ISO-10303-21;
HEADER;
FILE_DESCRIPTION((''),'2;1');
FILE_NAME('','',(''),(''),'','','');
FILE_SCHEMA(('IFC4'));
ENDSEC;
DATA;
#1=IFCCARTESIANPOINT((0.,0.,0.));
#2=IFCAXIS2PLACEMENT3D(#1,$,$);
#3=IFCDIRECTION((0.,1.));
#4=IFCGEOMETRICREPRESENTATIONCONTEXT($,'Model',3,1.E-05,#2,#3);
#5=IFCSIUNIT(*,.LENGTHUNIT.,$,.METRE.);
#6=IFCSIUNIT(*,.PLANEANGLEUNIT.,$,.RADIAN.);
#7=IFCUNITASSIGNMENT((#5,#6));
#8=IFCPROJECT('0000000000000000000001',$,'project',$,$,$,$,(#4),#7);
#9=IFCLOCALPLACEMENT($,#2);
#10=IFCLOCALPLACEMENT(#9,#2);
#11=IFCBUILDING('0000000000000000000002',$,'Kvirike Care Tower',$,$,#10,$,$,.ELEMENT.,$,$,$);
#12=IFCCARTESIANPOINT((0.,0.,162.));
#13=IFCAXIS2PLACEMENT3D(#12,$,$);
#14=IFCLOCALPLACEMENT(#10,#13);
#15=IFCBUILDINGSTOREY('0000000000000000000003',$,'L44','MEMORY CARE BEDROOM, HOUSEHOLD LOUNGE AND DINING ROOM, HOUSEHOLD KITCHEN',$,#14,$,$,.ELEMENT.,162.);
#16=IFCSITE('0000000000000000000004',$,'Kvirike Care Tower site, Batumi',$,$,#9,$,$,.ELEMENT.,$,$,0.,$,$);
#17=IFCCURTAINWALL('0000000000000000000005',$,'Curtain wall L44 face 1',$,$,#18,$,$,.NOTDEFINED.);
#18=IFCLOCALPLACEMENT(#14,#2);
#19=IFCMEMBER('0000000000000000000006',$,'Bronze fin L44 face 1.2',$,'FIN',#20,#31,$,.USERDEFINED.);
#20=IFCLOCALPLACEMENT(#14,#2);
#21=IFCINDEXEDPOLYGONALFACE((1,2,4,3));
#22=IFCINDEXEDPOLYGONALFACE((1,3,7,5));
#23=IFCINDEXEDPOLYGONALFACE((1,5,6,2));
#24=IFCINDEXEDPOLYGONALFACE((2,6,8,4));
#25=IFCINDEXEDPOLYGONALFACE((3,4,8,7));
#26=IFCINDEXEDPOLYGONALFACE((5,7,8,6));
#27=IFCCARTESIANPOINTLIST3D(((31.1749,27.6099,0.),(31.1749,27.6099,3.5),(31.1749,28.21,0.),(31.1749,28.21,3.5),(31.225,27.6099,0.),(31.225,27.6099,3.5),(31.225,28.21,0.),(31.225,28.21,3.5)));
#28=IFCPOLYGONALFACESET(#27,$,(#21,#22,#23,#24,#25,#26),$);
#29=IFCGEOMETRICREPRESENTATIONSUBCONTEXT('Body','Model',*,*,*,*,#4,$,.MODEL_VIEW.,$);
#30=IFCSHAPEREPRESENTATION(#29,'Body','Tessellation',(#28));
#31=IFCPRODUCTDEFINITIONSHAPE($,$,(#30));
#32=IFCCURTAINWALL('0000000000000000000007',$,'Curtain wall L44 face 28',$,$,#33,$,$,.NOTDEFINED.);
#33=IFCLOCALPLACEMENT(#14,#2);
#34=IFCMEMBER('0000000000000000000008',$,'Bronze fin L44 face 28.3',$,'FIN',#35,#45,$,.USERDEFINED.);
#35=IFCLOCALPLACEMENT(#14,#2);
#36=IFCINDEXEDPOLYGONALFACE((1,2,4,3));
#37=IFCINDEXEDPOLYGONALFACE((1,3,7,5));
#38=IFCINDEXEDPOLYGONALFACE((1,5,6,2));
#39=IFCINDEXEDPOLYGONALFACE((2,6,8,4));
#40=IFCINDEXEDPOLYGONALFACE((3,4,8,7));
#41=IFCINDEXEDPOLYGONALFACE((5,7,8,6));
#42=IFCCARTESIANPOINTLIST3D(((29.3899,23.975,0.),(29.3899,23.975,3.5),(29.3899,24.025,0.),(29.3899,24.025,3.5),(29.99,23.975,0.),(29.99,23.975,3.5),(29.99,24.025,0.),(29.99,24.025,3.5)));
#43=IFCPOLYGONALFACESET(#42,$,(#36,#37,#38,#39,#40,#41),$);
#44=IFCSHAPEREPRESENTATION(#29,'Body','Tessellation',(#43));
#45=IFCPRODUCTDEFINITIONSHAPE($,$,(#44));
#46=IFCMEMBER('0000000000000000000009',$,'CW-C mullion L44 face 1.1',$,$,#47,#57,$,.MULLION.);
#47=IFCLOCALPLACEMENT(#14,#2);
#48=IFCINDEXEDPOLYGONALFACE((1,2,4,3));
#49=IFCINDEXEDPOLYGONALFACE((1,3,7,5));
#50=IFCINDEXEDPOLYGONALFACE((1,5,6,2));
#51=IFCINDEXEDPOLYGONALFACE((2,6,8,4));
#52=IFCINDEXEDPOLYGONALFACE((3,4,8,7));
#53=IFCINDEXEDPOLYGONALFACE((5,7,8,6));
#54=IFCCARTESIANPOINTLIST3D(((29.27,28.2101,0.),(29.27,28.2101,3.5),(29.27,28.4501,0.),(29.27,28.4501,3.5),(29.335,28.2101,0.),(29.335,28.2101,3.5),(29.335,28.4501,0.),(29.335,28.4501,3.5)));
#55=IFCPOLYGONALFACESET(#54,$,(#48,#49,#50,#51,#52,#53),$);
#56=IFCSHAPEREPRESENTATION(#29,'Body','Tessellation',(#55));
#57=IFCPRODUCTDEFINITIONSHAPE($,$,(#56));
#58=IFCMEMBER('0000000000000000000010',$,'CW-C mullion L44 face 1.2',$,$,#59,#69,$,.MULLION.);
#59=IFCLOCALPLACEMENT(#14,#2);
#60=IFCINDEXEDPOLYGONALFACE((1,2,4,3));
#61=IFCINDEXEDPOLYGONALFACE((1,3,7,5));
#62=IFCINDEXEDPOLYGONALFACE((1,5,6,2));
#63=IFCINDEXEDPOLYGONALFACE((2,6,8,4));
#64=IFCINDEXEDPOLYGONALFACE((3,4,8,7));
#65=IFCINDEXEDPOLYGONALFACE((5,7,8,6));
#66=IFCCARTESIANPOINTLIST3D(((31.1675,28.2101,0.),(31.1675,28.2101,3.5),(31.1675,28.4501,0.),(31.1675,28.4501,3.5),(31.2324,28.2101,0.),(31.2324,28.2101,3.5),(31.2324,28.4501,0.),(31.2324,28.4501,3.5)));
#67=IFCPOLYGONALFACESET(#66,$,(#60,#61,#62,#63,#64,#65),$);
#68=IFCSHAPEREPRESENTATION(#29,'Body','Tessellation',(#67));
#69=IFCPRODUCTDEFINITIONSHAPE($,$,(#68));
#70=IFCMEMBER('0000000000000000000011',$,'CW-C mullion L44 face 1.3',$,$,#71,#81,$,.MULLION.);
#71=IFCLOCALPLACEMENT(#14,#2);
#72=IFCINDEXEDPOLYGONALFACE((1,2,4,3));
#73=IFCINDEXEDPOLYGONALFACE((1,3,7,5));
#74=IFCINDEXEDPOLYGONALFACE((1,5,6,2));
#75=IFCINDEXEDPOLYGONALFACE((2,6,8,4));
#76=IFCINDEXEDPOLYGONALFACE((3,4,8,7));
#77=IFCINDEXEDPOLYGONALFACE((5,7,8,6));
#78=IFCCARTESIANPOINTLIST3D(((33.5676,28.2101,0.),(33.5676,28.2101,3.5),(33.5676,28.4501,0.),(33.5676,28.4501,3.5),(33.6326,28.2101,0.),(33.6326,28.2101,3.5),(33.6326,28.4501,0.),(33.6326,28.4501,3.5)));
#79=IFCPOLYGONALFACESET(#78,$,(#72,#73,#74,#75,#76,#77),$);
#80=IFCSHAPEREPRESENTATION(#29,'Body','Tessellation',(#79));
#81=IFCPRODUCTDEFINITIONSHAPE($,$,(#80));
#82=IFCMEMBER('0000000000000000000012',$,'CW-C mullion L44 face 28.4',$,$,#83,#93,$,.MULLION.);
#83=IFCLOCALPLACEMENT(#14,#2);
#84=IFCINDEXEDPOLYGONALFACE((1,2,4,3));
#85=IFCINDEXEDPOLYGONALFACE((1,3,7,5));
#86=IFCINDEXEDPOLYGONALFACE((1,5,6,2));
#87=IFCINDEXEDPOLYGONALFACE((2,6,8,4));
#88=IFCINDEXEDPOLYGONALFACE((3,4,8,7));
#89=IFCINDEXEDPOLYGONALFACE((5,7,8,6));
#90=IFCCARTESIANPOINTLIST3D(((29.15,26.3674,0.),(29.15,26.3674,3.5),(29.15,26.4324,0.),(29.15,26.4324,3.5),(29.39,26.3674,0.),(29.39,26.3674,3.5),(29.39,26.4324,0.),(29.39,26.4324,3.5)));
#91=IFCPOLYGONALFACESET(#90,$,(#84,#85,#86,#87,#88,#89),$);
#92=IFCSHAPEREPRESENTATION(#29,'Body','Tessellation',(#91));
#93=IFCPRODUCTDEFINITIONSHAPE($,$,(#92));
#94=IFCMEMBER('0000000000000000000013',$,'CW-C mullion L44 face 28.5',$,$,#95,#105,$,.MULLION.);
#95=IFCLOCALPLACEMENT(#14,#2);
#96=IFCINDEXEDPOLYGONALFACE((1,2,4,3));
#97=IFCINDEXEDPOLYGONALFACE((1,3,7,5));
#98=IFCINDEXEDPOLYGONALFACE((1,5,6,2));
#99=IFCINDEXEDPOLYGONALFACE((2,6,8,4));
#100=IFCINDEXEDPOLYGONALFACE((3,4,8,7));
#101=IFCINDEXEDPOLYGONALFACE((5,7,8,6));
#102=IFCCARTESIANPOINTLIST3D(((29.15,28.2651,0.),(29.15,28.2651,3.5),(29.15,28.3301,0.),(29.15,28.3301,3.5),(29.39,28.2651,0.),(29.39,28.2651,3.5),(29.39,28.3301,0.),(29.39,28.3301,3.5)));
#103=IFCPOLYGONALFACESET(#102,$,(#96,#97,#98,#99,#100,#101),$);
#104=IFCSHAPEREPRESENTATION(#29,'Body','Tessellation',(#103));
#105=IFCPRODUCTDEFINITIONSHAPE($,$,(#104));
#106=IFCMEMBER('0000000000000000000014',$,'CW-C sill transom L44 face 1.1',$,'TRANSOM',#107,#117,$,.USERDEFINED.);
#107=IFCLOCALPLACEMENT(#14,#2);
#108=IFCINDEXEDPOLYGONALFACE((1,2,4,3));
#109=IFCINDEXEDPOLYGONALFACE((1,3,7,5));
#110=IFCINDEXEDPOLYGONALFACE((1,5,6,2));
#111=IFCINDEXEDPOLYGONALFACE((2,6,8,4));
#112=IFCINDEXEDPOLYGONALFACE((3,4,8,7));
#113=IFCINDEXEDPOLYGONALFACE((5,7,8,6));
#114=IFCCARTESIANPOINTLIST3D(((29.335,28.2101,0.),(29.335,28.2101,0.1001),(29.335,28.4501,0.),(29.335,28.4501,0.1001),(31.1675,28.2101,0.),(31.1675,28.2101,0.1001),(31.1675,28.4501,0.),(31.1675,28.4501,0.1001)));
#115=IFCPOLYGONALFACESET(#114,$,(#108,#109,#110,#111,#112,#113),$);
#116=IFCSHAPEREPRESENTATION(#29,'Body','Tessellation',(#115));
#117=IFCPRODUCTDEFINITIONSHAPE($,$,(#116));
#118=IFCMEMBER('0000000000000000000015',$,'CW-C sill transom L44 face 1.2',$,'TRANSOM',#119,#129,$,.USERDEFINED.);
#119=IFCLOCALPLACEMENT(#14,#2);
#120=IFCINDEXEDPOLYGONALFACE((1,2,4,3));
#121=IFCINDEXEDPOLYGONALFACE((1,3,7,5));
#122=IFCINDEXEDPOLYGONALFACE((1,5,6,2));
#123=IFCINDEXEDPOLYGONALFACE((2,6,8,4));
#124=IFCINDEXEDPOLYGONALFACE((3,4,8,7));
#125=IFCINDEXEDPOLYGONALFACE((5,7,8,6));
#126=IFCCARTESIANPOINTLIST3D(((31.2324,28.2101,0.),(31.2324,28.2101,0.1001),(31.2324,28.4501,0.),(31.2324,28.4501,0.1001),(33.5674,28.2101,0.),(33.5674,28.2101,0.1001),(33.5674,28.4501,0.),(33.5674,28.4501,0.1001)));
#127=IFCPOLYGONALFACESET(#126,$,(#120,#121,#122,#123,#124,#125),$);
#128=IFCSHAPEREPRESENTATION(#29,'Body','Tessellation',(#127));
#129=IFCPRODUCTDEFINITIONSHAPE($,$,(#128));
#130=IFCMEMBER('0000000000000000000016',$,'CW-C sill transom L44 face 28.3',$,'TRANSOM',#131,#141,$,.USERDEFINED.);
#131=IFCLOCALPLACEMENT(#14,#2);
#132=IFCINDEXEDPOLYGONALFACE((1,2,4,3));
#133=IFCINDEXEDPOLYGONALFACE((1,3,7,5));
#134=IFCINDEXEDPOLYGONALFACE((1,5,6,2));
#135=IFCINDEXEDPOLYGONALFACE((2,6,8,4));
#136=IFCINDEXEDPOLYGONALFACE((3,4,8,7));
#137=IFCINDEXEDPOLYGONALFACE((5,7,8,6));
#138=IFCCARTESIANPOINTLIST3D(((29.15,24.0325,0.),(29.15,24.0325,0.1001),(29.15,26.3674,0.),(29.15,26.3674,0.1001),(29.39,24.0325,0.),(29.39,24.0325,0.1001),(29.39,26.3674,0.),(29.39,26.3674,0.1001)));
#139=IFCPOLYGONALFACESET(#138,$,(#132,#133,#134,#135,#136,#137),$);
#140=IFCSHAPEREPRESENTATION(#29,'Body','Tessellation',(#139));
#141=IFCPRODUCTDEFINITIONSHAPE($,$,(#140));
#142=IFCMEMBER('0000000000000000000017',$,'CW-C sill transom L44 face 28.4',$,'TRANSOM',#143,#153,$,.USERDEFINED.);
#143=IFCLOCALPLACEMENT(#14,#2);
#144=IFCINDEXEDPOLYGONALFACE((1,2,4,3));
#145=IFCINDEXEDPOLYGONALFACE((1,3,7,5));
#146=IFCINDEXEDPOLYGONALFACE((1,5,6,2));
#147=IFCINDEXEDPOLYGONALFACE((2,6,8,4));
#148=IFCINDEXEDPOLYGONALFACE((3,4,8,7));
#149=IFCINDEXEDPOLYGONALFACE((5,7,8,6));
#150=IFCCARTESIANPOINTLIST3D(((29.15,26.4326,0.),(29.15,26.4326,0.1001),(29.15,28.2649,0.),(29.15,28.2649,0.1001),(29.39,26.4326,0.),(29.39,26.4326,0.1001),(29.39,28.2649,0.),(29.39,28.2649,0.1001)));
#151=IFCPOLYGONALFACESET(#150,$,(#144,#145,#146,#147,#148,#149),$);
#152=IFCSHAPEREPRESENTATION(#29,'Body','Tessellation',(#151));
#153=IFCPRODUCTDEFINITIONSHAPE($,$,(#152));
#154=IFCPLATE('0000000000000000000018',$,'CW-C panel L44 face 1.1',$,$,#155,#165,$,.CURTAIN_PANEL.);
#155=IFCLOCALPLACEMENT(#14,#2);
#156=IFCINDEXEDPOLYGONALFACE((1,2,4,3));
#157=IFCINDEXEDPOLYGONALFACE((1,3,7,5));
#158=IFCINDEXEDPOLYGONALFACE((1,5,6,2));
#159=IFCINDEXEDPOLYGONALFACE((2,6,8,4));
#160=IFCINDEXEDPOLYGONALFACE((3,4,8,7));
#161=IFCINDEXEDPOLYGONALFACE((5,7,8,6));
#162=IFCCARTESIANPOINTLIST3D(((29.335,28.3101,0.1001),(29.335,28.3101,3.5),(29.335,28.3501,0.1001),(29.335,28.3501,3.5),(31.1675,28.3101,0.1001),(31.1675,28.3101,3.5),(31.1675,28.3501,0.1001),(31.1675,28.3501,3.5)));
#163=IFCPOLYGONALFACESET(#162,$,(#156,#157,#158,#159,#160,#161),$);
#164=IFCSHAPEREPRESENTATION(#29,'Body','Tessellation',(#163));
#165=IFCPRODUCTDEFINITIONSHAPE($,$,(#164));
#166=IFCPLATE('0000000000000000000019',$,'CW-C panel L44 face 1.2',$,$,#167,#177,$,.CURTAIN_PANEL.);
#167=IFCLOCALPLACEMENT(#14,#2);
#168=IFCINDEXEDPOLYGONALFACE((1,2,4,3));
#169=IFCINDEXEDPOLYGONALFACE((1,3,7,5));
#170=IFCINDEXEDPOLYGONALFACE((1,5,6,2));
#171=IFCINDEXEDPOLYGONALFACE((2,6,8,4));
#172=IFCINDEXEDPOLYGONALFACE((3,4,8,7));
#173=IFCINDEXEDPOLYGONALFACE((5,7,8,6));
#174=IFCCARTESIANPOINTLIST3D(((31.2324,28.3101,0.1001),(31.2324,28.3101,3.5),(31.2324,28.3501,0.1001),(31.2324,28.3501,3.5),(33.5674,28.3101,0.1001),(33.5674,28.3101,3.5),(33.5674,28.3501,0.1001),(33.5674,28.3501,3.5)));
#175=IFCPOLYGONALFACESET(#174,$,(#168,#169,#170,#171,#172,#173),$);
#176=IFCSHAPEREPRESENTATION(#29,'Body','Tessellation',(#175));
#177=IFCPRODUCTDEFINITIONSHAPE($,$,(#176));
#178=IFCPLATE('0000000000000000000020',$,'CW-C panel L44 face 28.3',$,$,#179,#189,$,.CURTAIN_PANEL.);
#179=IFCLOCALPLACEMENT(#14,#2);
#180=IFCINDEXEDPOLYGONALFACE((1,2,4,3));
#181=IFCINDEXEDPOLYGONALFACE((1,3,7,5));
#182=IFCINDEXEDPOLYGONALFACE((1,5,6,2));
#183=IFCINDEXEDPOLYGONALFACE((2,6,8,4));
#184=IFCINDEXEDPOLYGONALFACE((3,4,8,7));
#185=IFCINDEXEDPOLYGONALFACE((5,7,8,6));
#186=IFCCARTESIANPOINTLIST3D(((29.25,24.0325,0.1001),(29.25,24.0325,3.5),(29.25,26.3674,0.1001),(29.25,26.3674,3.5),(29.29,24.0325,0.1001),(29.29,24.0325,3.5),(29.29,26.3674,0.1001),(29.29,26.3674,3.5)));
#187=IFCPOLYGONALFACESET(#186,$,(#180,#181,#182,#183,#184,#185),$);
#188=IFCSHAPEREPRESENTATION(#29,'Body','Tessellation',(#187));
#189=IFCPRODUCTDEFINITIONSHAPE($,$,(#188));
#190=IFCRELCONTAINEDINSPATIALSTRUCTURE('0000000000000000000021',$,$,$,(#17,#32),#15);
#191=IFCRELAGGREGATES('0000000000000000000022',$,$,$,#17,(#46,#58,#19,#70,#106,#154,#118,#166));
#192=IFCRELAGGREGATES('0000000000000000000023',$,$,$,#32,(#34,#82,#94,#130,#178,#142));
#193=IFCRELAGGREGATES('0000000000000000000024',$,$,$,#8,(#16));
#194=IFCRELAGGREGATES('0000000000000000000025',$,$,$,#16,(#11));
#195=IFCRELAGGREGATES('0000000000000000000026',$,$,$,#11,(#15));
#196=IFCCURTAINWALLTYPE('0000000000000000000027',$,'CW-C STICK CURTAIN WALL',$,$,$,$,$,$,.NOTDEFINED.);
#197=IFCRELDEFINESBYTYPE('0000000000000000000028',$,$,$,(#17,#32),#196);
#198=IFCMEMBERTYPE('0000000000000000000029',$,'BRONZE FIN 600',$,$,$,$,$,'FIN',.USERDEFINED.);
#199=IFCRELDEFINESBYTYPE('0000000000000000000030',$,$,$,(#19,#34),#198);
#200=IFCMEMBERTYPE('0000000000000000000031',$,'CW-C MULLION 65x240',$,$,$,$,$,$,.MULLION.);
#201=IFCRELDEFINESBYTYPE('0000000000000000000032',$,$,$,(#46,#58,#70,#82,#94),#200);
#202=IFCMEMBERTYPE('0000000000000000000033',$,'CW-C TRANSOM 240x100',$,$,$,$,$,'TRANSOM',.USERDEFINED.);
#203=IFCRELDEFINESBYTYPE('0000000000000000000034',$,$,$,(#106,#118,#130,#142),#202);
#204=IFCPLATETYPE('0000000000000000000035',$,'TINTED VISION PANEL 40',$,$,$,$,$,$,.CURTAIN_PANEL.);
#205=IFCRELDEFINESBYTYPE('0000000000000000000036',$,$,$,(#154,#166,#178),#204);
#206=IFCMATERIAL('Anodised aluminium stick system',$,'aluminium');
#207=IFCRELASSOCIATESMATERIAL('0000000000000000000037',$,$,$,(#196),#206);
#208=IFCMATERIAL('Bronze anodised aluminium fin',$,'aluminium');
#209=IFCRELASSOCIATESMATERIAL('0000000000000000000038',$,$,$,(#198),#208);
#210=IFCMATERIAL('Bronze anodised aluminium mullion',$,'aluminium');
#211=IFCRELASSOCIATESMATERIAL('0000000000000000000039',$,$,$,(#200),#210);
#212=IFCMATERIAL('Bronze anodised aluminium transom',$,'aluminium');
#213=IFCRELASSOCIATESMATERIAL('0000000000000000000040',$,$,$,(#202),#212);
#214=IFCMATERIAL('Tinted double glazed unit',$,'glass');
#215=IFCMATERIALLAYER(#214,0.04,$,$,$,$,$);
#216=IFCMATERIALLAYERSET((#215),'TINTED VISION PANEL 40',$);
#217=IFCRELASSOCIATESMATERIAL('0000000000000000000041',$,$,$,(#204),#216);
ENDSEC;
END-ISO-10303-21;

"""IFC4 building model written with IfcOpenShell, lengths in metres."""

from ifc_helpers import new_model, si_unit, direction, frame, origin, origin_2d, place, context, subcontext, project, spatial, rectangle, extrude, material, layer, layer_set, material_profile, profile_set, type_object, element, aggregate, save


model = new_model("IFC4")

# Units and contexts
model_context = context("Model", 3, precision=1e-05, world=origin(), true_north=direction((0.0, 1.0)))
body_context = subcontext(model_context, "Body", "Model", "MODEL_VIEW")
ifc_project = project(units=[si_unit("LENGTHUNIT", "METRE"), si_unit("PLANEANGLEUNIT", "RADIAN")], contexts=[model_context])

# Site, building, storey
site_placement = place(None, origin())
site = spatial("IfcSite", under=ifc_project, at=site_placement, Name="Kvirike Care Tower site, Batumi", CompositionType="ELEMENT", RefElevation=0.0)
building_placement = place(site_placement, origin())
building = spatial("IfcBuilding", under=site, at=building_placement, Name="Kvirike Care Tower", CompositionType="ELEMENT")
storey_placement = place(building_placement, frame((0.0, 0.0, 162.0)))
storey = spatial("IfcBuildingStorey", under=building, at=storey_placement, Name="L44", Description="MEMORY CARE BEDROOM, HOUSEHOLD LOUNGE AND DINING ROOM, HOUSEHOLD KITCHEN", CompositionType="ELEMENT", Elevation=162.0)

# Curtain walls, members
ifc_material_1 = material(Name="Anodised aluminium stick system", Category="aluminium")
curtain_wall_type = type_object("IfcCurtainWallType", Name="CW-C STICK CURTAIN WALL", PredefinedType="NOTDEFINED", material=ifc_material_1)
curtain_wall_1_placement = place(storey_placement, origin())
curtain_wall_1 = element("IfcCurtainWall", 1, at=curtain_wall_1_placement, inside=storey, type_object=curtain_wall_type, Name="Curtain wall L44 face 1", PredefinedType="NOTDEFINED")
ifc_material_2 = material(Name="Bronze anodised aluminium fin", Category="aluminium")
ifc_material_profile_1 = material_profile(ifc_material_2, rectangle(XDim=0.05, YDim=0.6001, at=origin_2d()), Name="BRONZE FIN 600")
ifc_profile_set_1 = profile_set([ifc_material_profile_1], Name="Bronze anodised aluminium fin")
member_type_1 = type_object("IfcMemberType", Name="BRONZE FIN 600", ElementType="FIN", PredefinedType="USERDEFINED", material=ifc_profile_set_1)
member_1_placement = place(storey_placement, frame((31.2, 27.9099, 0.0), z_axis=(0.0, 0.0, 1.0), x_axis=(1.0, 0.0, 0.0)))
member_1 = element("IfcMember", 2, at=member_1_placement, type_object=member_type_1, Name="Bronze fin L44 face 1.2", ObjectType="FIN", PredefinedType="USERDEFINED", context=body_context, shape_type="SweptSolid", body=[
    extrude(rectangle(XDim=0.05, YDim=0.6001, at=origin_2d()), origin(), (0.0, 0.0, 1.0), 3.5),
])
curtain_wall_2_placement = place(storey_placement, origin())
curtain_wall_2 = element("IfcCurtainWall", 3, at=curtain_wall_2_placement, inside=storey, type_object=curtain_wall_type, Name="Curtain wall L44 face 28", PredefinedType="NOTDEFINED")
member_2_placement = place(storey_placement, frame((29.6899, 24.0, 0.0), z_axis=(0.0, 0.0, 1.0), x_axis=(0.0, 1.0, 0.0)))
member_2 = element("IfcMember", 4, at=member_2_placement, type_object=member_type_1, Name="Bronze fin L44 face 28.3", ObjectType="FIN", PredefinedType="USERDEFINED", context=body_context, shape_type="SweptSolid", body=[
    extrude(rectangle(XDim=0.05, YDim=0.6001, at=origin_2d()), origin(), (0.0, 0.0, 1.0), 3.5),
])

# Members
ifc_material_3 = material(Name="Bronze anodised aluminium mullion", Category="aluminium")
ifc_material_profile_2 = material_profile(ifc_material_3, rectangle(XDim=0.0649, YDim=0.24, at=origin_2d()), Name="CW-C MULLION 65x240")
ifc_profile_set_2 = profile_set([ifc_material_profile_2], Name="Bronze anodised aluminium mullion")
member_type_2 = type_object("IfcMemberType", Name="CW-C MULLION 65x240", PredefinedType="MULLION", material=ifc_profile_set_2)
member_3_placement = place(storey_placement, frame((29.3025, 28.3301, 0.0), z_axis=(0.0, 0.0, 1.0), x_axis=(1.0, 0.0, 0.0)))
member_3 = element("IfcMember", 5, at=member_3_placement, type_object=member_type_2, Name="CW-C mullion L44 face 1.1", PredefinedType="MULLION", context=body_context, shape_type="SweptSolid", body=[
    extrude(rectangle(XDim=0.0649, YDim=0.24, at=origin_2d()), origin(), (0.0, 0.0, 1.0), 3.5),
])
member_4_placement = place(storey_placement, frame((31.2, 28.3301, 0.0), z_axis=(0.0, 0.0, 1.0), x_axis=(1.0, 0.0, 0.0)))
member_4 = element("IfcMember", 6, at=member_4_placement, type_object=member_type_2, Name="CW-C mullion L44 face 1.2", PredefinedType="MULLION", context=body_context, shape_type="SweptSolid", body=[
    extrude(rectangle(XDim=0.0649, YDim=0.24, at=origin_2d()), origin(), (0.0, 0.0, 1.0), 3.5),
])
member_5_placement = place(storey_placement, frame((33.6001, 28.3301, 0.0), z_axis=(0.0, 0.0, 1.0), x_axis=(1.0, 0.0, 0.0)))
member_5 = element("IfcMember", 7, at=member_5_placement, type_object=member_type_2, Name="CW-C mullion L44 face 1.3", PredefinedType="MULLION", context=body_context, shape_type="SweptSolid", body=[
    extrude(rectangle(XDim=0.0649, YDim=0.24, at=origin_2d()), origin(), (0.0, 0.0, 1.0), 3.5),
])
member_6_placement = place(storey_placement, frame((29.27, 26.3999, 0.0), z_axis=(0.0, 0.0, 1.0), x_axis=(0.0, 1.0, 0.0)))
member_6 = element("IfcMember", 8, at=member_6_placement, type_object=member_type_2, Name="CW-C mullion L44 face 28.4", PredefinedType="MULLION", context=body_context, shape_type="SweptSolid", body=[
    extrude(rectangle(XDim=0.0649, YDim=0.24, at=origin_2d()), origin(), (0.0, 0.0, 1.0), 3.5),
])
member_7_placement = place(storey_placement, frame((29.27, 28.2976, 0.0), z_axis=(0.0, 0.0, 1.0), x_axis=(0.0, 1.0, 0.0)))
member_7 = element("IfcMember", 9, at=member_7_placement, type_object=member_type_2, Name="CW-C mullion L44 face 28.5", PredefinedType="MULLION", context=body_context, shape_type="SweptSolid", body=[
    extrude(rectangle(XDim=0.0649, YDim=0.24, at=origin_2d()), origin(), (0.0, 0.0, 1.0), 3.5),
])
ifc_material_4 = material(Name="Bronze anodised aluminium transom", Category="aluminium")
ifc_material_profile_3 = material_profile(ifc_material_4, rectangle(XDim=0.24, YDim=0.1001, at=origin_2d()), Name="CW-C TRANSOM 240x100")
ifc_profile_set_3 = profile_set([ifc_material_profile_3], Name="Bronze anodised aluminium transom")
member_type_3 = type_object("IfcMemberType", Name="CW-C TRANSOM 240x100", ElementType="TRANSOM", PredefinedType="USERDEFINED", material=ifc_profile_set_3)
member_8_placement = place(storey_placement, frame((29.335, 28.3301, 0.05), z_axis=(1.0, 0.0, 0.0), x_axis=(0.0, 1.0, 0.0)))
member_8 = element("IfcMember", 10, at=member_8_placement, type_object=member_type_3, Name="CW-C sill transom L44 face 1.1", ObjectType="TRANSOM", PredefinedType="USERDEFINED", context=body_context, shape_type="SweptSolid", body=[
    extrude(rectangle(XDim=0.24, YDim=0.1001, at=origin_2d()), origin(), (0.0, 0.0, 1.0), 1.8325),
])
member_9_placement = place(storey_placement, frame((31.2324, 28.3301, 0.05), z_axis=(1.0, 0.0, 0.0), x_axis=(0.0, 1.0, 0.0)))
member_9 = element("IfcMember", 11, at=member_9_placement, type_object=member_type_3, Name="CW-C sill transom L44 face 1.2", ObjectType="TRANSOM", PredefinedType="USERDEFINED", context=body_context, shape_type="SweptSolid", body=[
    extrude(rectangle(XDim=0.24, YDim=0.1001, at=origin_2d()), origin(), (0.0, 0.0, 1.0), 2.335),
])
member_10_placement = place(storey_placement, frame((29.27, 24.0325, 0.05), z_axis=(0.0, 1.0, 0.0), x_axis=(-1.0, 0.0, 0.0)))
member_10 = element("IfcMember", 12, at=member_10_placement, type_object=member_type_3, Name="CW-C sill transom L44 face 28.3", ObjectType="TRANSOM", PredefinedType="USERDEFINED", context=body_context, shape_type="SweptSolid", body=[
    extrude(rectangle(XDim=0.24, YDim=0.1001, at=origin_2d()), origin(), (0.0, 0.0, 1.0), 2.335),
])
member_11_placement = place(storey_placement, frame((29.27, 26.4326, 0.05), z_axis=(0.0, 1.0, 0.0), x_axis=(-1.0, 0.0, 0.0)))
member_11 = element("IfcMember", 13, at=member_11_placement, type_object=member_type_3, Name="CW-C sill transom L44 face 28.4", ObjectType="TRANSOM", PredefinedType="USERDEFINED", context=body_context, shape_type="SweptSolid", body=[
    extrude(rectangle(XDim=0.24, YDim=0.1001, at=origin_2d()), origin(), (0.0, 0.0, 1.0), 1.8323),
])

# Plates
ifc_material_5 = material(Name="Tinted double glazed unit", Category="glass")
ifc_layer = layer(ifc_material_5, 0.04)
ifc_layer_set = layer_set([ifc_layer], Name="TINTED VISION PANEL 40")
plate_type = type_object("IfcPlateType", Name="TINTED VISION PANEL 40", PredefinedType="CURTAIN_PANEL", material=ifc_layer_set)
plate_1_placement = place(storey_placement, frame((30.2512, 28.3301, 0.1001), z_axis=(0.0, 0.0, 1.0), x_axis=(1.0, 0.0, 0.0)))
plate_1 = element("IfcPlate", 14, at=plate_1_placement, type_object=plate_type, Name="CW-C panel L44 face 1.1", PredefinedType="CURTAIN_PANEL", context=body_context, shape_type="SweptSolid", body=[
    extrude(rectangle(XDim=1.8325, YDim=0.04, at=origin_2d()), origin(), (0.0, 0.0, 1.0), 3.3999),
])
plate_2_placement = place(storey_placement, frame((32.3999, 28.3301, 0.1001), z_axis=(0.0, 0.0, 1.0), x_axis=(1.0, 0.0, 0.0)))
plate_2 = element("IfcPlate", 15, at=plate_2_placement, type_object=plate_type, Name="CW-C panel L44 face 1.2", PredefinedType="CURTAIN_PANEL", context=body_context, shape_type="SweptSolid", body=[
    extrude(rectangle(XDim=2.335, YDim=0.04, at=origin_2d()), origin(), (0.0, 0.0, 1.0), 3.3999),
])
aggregate(curtain_wall_1, [member_3, member_4, member_1, member_5, member_8, plate_1, member_9, plate_2])
plate_3_placement = place(storey_placement, frame((29.27, 25.2, 0.1001), z_axis=(0.0, 0.0, 1.0), x_axis=(0.0, 1.0, 0.0)))
plate_3 = element("IfcPlate", 16, at=plate_3_placement, type_object=plate_type, Name="CW-C panel L44 face 28.3", PredefinedType="CURTAIN_PANEL", context=body_context, shape_type="SweptSolid", body=[
    extrude(rectangle(XDim=2.335, YDim=0.04, at=origin_2d()), origin(), (0.0, 0.0, 1.0), 3.3999),
])
aggregate(curtain_wall_2, [member_2, member_6, member_7, member_10, plate_3, member_11])

save(model, "model.ifc")
